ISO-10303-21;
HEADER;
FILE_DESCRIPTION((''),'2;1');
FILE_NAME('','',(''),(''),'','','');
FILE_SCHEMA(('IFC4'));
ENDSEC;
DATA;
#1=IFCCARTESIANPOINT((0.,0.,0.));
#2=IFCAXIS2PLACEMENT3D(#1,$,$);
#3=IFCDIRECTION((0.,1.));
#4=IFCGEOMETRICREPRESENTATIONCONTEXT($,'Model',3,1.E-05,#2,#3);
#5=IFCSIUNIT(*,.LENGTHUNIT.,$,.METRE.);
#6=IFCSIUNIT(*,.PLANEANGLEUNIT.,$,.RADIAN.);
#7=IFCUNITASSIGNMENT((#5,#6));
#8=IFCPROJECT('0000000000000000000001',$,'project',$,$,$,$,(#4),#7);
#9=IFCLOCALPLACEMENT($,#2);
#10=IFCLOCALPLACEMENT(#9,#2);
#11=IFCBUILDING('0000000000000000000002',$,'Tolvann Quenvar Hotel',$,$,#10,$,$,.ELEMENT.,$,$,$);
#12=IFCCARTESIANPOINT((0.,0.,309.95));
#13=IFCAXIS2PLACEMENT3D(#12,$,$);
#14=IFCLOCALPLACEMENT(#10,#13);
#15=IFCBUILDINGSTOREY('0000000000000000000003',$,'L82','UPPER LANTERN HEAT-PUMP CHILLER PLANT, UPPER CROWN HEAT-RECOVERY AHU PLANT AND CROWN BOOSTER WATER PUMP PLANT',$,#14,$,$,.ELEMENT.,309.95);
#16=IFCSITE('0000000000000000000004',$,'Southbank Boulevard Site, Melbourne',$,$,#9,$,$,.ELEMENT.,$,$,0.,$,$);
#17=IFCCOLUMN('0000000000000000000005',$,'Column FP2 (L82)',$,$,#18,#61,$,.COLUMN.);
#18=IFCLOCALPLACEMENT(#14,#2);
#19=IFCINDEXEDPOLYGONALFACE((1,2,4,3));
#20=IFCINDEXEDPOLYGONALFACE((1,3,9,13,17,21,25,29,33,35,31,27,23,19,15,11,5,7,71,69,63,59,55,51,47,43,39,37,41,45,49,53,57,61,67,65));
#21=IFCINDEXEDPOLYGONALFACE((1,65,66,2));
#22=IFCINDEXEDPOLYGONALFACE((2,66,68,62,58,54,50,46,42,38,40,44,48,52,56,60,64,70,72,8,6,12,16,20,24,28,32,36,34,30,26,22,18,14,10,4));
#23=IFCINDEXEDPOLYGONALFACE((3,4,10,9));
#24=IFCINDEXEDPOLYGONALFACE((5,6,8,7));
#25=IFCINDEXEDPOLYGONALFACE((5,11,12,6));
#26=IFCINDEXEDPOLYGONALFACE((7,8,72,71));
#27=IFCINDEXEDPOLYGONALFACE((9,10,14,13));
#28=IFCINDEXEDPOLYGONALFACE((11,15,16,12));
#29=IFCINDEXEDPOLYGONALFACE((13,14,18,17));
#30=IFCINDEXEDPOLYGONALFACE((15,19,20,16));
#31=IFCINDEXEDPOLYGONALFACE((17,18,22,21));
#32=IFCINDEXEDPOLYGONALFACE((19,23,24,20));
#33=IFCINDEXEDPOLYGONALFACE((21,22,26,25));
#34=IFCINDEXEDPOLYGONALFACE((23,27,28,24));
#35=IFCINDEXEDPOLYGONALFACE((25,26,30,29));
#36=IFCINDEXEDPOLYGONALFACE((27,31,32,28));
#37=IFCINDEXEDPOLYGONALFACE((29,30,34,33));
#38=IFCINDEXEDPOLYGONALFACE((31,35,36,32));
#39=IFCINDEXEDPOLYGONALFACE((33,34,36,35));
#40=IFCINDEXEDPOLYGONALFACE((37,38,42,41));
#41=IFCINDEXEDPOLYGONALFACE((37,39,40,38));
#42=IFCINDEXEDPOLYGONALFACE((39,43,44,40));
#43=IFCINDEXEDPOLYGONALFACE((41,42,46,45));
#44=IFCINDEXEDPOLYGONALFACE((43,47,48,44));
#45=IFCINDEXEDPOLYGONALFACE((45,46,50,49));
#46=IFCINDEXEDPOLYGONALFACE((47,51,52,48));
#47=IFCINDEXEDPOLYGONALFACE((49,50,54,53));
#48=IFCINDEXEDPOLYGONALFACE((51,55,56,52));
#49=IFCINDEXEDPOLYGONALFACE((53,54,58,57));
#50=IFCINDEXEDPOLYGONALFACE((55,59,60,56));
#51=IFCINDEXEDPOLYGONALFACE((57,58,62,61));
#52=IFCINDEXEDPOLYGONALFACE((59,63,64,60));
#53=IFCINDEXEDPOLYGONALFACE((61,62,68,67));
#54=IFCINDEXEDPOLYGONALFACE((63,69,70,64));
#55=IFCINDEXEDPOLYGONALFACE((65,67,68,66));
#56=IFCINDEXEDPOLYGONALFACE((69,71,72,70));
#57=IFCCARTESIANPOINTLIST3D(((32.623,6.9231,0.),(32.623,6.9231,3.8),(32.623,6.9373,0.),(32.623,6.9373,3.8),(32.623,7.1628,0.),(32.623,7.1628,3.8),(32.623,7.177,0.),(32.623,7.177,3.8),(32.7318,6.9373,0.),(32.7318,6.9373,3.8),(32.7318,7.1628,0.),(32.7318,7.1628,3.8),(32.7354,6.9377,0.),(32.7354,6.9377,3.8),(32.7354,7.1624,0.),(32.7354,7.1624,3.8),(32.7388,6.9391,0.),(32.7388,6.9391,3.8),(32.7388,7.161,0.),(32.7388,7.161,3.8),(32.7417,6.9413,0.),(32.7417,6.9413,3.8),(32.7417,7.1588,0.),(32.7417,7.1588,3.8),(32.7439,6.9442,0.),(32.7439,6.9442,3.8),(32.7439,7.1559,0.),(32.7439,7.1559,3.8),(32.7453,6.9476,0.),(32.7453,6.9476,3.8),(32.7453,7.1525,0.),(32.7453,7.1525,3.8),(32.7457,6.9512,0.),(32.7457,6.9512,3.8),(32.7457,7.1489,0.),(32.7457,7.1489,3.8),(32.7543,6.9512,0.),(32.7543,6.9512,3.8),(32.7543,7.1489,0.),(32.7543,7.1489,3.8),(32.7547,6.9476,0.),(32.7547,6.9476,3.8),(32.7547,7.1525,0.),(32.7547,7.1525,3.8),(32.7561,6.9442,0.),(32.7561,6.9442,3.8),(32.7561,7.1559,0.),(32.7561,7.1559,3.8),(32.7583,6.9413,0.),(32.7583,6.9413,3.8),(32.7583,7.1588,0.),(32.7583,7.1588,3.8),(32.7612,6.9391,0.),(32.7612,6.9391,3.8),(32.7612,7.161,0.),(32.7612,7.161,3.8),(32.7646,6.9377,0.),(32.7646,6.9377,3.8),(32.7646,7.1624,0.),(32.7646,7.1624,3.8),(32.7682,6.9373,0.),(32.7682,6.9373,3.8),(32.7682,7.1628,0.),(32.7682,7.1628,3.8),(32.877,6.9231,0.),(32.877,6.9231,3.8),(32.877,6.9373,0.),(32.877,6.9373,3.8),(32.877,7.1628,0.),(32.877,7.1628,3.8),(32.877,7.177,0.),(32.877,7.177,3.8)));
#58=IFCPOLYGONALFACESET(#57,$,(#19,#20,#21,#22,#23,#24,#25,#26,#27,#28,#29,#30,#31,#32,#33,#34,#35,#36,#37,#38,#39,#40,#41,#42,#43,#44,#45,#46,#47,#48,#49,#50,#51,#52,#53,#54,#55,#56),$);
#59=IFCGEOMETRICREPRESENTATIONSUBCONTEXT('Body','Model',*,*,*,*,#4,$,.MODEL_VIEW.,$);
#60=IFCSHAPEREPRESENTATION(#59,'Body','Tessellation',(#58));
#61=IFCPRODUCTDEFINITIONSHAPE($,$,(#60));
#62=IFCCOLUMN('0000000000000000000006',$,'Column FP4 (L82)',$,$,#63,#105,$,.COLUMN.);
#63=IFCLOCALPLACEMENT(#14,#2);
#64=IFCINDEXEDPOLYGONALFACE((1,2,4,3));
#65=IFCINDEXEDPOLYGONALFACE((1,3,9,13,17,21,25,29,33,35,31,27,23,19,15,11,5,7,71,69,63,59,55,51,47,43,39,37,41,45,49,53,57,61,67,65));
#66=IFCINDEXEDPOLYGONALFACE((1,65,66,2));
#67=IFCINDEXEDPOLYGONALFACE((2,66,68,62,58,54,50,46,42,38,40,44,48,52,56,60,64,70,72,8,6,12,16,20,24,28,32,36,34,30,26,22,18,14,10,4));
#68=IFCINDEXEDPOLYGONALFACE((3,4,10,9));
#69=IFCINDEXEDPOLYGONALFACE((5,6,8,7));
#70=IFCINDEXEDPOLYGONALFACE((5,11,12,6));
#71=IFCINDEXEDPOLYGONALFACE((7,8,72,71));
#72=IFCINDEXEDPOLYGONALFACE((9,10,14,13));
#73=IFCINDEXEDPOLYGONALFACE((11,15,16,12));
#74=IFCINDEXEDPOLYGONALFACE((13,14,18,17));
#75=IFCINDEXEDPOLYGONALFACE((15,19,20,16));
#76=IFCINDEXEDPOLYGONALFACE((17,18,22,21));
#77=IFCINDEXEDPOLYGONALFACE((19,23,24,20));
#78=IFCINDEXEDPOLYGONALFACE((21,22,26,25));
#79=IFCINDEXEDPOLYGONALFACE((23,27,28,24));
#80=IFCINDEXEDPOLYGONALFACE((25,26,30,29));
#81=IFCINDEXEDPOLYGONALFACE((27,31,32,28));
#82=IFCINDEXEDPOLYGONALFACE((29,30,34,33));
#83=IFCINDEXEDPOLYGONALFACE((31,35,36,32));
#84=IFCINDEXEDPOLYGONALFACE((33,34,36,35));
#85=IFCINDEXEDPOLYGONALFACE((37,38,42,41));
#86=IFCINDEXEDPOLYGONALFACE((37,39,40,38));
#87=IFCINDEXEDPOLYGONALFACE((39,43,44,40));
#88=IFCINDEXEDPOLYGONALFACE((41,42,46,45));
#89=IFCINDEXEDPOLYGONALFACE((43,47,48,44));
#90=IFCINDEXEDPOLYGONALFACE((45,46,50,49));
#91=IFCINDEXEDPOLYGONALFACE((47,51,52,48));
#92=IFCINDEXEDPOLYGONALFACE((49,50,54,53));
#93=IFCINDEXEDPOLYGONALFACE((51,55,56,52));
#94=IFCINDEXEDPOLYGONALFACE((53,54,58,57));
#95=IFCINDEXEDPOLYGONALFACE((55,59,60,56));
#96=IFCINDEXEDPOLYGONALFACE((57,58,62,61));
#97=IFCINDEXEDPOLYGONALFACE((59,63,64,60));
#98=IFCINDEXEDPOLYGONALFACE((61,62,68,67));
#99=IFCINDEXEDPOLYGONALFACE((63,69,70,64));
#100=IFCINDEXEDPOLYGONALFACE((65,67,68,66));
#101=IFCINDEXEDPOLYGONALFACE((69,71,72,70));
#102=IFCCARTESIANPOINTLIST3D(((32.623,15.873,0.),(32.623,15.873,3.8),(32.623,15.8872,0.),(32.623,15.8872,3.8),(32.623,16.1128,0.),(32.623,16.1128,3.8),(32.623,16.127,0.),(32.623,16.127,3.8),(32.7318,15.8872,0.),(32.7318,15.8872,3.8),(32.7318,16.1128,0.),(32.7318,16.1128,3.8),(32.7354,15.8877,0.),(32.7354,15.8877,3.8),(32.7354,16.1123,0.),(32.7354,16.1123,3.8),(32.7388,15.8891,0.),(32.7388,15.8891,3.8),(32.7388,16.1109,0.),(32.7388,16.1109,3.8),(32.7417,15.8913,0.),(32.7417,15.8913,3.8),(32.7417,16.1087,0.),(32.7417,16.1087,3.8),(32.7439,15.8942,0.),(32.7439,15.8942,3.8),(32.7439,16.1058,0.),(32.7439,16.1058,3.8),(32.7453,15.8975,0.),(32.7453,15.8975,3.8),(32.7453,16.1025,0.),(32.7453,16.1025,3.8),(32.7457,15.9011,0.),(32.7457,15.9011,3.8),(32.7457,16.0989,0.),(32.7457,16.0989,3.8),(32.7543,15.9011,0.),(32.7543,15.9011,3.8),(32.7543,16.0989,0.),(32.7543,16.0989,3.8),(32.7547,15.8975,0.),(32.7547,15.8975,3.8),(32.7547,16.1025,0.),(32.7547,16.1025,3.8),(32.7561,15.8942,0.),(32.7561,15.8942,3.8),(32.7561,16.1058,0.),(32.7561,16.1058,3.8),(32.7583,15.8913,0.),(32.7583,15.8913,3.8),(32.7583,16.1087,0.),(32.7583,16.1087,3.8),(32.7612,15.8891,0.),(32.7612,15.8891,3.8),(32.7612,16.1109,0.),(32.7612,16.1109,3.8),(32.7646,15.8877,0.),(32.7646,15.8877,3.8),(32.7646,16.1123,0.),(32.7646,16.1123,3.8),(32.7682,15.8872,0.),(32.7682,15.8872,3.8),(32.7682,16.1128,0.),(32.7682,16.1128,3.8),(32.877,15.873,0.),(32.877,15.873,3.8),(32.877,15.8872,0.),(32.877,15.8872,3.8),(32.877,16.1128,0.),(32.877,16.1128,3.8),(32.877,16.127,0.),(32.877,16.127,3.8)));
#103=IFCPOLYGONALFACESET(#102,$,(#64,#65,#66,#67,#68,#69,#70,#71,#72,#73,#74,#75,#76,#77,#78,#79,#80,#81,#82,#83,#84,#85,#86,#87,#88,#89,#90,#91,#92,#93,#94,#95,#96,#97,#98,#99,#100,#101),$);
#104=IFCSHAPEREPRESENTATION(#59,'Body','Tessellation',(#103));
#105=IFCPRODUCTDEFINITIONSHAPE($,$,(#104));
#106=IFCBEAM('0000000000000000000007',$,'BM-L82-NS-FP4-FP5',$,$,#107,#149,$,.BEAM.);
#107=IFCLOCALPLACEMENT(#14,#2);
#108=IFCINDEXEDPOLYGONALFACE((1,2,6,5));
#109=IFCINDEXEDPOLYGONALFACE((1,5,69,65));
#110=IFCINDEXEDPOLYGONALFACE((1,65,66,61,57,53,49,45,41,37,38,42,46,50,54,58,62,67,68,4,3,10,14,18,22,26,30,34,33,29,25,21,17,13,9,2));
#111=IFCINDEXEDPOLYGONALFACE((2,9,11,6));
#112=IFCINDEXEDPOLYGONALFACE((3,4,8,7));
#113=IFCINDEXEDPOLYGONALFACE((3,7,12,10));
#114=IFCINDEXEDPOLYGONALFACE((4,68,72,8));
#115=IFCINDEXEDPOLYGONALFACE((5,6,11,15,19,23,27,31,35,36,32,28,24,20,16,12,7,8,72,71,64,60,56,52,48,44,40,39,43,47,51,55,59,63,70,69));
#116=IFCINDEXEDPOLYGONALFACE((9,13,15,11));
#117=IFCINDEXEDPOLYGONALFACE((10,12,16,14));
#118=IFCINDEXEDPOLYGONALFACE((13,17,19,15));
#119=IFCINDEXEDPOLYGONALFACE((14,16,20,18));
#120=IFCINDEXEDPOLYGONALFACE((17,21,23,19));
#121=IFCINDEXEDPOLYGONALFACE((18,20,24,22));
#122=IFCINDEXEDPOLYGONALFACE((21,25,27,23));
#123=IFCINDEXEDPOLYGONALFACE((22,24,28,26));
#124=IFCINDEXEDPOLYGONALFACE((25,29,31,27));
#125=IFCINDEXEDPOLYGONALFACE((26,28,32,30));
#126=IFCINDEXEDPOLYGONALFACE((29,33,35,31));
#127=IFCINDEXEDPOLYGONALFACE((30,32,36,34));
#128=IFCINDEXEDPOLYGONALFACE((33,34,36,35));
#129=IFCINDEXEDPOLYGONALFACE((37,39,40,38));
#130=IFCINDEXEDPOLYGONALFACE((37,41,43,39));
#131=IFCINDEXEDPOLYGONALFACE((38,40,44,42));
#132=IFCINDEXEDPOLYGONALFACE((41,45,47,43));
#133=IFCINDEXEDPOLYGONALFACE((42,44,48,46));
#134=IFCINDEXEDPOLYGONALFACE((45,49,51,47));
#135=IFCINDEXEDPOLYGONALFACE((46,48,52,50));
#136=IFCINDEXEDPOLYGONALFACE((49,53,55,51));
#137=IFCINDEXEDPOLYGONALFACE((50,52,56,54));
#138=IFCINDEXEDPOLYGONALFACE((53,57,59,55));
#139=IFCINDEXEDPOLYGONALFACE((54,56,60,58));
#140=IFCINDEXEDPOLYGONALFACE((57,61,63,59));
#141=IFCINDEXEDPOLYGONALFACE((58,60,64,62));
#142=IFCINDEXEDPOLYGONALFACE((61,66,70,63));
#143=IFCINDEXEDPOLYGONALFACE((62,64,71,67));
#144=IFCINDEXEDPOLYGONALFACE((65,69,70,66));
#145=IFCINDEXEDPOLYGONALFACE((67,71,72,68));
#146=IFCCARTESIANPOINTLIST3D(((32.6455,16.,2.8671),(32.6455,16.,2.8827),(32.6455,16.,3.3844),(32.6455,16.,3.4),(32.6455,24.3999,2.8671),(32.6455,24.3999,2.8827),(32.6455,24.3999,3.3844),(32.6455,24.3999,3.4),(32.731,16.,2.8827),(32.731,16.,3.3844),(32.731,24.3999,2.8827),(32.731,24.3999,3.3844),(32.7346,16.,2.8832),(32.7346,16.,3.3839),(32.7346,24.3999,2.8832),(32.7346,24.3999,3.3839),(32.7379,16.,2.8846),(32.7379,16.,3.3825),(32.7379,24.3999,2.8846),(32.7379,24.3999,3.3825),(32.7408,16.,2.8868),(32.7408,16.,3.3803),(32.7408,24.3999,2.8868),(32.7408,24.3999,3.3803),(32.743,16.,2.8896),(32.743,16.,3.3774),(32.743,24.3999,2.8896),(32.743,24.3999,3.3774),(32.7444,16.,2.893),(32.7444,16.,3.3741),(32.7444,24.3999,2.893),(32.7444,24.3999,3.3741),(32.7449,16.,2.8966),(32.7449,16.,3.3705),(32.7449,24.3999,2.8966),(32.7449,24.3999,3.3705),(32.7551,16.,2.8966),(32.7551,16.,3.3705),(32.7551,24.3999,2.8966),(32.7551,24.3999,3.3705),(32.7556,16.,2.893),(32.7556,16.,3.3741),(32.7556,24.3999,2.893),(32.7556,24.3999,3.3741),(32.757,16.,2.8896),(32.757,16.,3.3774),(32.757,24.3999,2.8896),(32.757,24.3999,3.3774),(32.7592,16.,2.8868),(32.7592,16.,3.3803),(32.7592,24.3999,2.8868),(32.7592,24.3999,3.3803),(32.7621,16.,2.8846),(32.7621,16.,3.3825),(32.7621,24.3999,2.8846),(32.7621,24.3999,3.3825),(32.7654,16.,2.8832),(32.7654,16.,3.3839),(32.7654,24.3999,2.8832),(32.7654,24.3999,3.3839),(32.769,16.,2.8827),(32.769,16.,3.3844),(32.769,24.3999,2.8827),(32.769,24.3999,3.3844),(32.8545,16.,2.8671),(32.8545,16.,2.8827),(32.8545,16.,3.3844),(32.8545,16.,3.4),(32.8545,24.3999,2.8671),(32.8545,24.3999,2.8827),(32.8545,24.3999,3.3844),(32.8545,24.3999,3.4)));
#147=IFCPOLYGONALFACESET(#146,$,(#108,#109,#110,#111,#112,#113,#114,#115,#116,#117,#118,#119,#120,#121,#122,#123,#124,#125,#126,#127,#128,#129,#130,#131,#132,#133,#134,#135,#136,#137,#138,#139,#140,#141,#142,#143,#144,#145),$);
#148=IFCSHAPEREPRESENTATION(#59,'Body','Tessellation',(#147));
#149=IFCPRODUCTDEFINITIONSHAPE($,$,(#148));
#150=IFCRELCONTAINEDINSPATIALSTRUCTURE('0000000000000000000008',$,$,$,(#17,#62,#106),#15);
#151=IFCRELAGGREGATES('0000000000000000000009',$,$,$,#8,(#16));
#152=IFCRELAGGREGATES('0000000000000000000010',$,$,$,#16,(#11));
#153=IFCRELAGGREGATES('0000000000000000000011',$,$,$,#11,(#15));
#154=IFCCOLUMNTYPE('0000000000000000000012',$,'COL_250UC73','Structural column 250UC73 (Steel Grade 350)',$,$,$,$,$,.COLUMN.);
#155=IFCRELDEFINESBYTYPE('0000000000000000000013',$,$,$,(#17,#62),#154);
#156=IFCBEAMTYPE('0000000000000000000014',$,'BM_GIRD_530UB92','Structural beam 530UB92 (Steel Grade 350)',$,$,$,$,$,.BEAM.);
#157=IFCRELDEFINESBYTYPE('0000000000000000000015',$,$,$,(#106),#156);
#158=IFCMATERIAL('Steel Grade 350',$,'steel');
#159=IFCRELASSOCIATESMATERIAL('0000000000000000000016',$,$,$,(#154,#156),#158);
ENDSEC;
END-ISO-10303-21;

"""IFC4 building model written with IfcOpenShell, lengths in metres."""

from ifc_helpers import new_model, si_unit, direction, frame, origin, origin_2d, place, context, subcontext, project, spatial, i_section, extrude, source, transform, mapped, material, material_profile, profile_set, type_object, type_shapes, element, save


model = new_model("IFC4")

# Units and contexts
model_context = context("Model", 3, precision=1e-05, world=origin(), true_north=direction((0.0, 1.0)))
body_context = subcontext(model_context, "Body", "Model", "MODEL_VIEW")
ifc_project = project(units=[si_unit("LENGTHUNIT", "METRE"), si_unit("PLANEANGLEUNIT", "RADIAN")], contexts=[model_context])

# Site, building, storey
site_placement = place(None, origin())
site = spatial("IfcSite", under=ifc_project, at=site_placement, Name="Southbank Boulevard Site, Melbourne", CompositionType="ELEMENT", RefElevation=0.0)
building_placement = place(site_placement, origin())
building = spatial("IfcBuilding", under=site, at=building_placement, Name="Tolvann Quenvar Hotel", CompositionType="ELEMENT")
storey_placement = place(building_placement, frame((0.0, 0.0, 309.95)))
storey = spatial("IfcBuildingStorey", under=building, at=storey_placement, Name="L82", Description="UPPER LANTERN HEAT-PUMP CHILLER PLANT, UPPER CROWN HEAT-RECOVERY AHU PLANT AND CROWN BOOSTER WATER PUMP PLANT", CompositionType="ELEMENT", Elevation=309.95)

# Columns
ifc_material_1 = material(Name="Steel Grade 350", Category="steel")
ifc_material_profile_1 = material_profile(ifc_material_1, i_section(OverallWidth=0.2539, OverallDepth=0.2539, WebThickness=0.0085, FlangeThickness=0.0142, FilletRadius=0.0139, at=origin_2d()), Name="250UC73")
ifc_profile_set_1 = profile_set([ifc_material_profile_1], Name="Steel Grade 350")
column_type = type_object("IfcColumnType", Name="COL_250UC73", Description="Structural column 250UC73 (Steel Grade 350)", PredefinedType="COLUMN", material=ifc_profile_set_1)
shared_shape_1 = source(origin(), body_context, "Body", "SweptSolid", [
    extrude(i_section(OverallWidth=0.2539, OverallDepth=0.2539, WebThickness=0.0085, FlangeThickness=0.0142, FilletRadius=0.0139, at=origin_2d()), origin(), (0.0, 0.0, 1.0), 3.8),
])
type_shapes(column_type, [shared_shape_1])
for number, where, z_axis, x_axis, name in (
    (1, (32.75, 7.05, 0.0), (0.0, 0.0, 1.0), (1.0, 0.0, 0.0), "Column FP2 (L82)"),
    (2, (32.75, 16.0, 0.0), (0.0, 0.0, 1.0), (1.0, 0.0, 0.0), "Column FP4 (L82)"),
):
    element("IfcColumn", number, at=place(storey_placement, frame(where, z_axis=z_axis, x_axis=x_axis)), inside=storey, type_object=column_type, Name=name, PredefinedType="COLUMN", context=body_context, shape_type="MappedRepresentation", body=[
        mapped(shared_shape_1, transform((0.0, 0.0, 0.0), x_axis=(1.0, 0.0, 0.0), y_axis=(0.0, 1.0, 0.0), z_axis=(0.0, 0.0, 1.0), scale=1.0)),
    ])

# Beam
ifc_material_profile_2 = material_profile(ifc_material_1, i_section(OverallWidth=0.209, OverallDepth=0.533, WebThickness=0.0103, FlangeThickness=0.0156, FilletRadius=0.0139, at=origin_2d()), Name="530UB92")
ifc_profile_set_2 = profile_set([ifc_material_profile_2], Name="Steel Grade 350")
beam_type_1 = type_object("IfcBeamType", Name="BM_GIRD_530UB92", Description="Structural beam 530UB92 (Steel Grade 350)", PredefinedType="BEAM", material=ifc_profile_set_2)
shared_shape_2 = source(origin(), body_context, "Body", "SweptSolid", [
    extrude(i_section(OverallWidth=0.209, OverallDepth=0.533, WebThickness=0.0103, FlangeThickness=0.0156, FilletRadius=0.0139, at=origin_2d()), origin(), (0.0, 0.0, 1.0), 8.3999),
])
beam_1_placement = place(storey_placement, frame((32.75, 16.0, 3.1335), z_axis=(0.0, 1.0, 0.0), x_axis=(-1.0, 0.0, 0.0)))
element("IfcBeam", 3, at=beam_1_placement, inside=storey, type_object=beam_type_1, Name="BM-L82-NS-FP4-FP5", PredefinedType="BEAM", context=body_context, shape_type="MappedRepresentation", body=[
    mapped(shared_shape_2, transform((0.0, 0.0, 0.0), x_axis=(1.0, 0.0, 0.0), y_axis=(0.0, 1.0, 0.0), z_axis=(0.0, 0.0, 1.0), scale=1.0)),
])

save(model, "model.ifc")
